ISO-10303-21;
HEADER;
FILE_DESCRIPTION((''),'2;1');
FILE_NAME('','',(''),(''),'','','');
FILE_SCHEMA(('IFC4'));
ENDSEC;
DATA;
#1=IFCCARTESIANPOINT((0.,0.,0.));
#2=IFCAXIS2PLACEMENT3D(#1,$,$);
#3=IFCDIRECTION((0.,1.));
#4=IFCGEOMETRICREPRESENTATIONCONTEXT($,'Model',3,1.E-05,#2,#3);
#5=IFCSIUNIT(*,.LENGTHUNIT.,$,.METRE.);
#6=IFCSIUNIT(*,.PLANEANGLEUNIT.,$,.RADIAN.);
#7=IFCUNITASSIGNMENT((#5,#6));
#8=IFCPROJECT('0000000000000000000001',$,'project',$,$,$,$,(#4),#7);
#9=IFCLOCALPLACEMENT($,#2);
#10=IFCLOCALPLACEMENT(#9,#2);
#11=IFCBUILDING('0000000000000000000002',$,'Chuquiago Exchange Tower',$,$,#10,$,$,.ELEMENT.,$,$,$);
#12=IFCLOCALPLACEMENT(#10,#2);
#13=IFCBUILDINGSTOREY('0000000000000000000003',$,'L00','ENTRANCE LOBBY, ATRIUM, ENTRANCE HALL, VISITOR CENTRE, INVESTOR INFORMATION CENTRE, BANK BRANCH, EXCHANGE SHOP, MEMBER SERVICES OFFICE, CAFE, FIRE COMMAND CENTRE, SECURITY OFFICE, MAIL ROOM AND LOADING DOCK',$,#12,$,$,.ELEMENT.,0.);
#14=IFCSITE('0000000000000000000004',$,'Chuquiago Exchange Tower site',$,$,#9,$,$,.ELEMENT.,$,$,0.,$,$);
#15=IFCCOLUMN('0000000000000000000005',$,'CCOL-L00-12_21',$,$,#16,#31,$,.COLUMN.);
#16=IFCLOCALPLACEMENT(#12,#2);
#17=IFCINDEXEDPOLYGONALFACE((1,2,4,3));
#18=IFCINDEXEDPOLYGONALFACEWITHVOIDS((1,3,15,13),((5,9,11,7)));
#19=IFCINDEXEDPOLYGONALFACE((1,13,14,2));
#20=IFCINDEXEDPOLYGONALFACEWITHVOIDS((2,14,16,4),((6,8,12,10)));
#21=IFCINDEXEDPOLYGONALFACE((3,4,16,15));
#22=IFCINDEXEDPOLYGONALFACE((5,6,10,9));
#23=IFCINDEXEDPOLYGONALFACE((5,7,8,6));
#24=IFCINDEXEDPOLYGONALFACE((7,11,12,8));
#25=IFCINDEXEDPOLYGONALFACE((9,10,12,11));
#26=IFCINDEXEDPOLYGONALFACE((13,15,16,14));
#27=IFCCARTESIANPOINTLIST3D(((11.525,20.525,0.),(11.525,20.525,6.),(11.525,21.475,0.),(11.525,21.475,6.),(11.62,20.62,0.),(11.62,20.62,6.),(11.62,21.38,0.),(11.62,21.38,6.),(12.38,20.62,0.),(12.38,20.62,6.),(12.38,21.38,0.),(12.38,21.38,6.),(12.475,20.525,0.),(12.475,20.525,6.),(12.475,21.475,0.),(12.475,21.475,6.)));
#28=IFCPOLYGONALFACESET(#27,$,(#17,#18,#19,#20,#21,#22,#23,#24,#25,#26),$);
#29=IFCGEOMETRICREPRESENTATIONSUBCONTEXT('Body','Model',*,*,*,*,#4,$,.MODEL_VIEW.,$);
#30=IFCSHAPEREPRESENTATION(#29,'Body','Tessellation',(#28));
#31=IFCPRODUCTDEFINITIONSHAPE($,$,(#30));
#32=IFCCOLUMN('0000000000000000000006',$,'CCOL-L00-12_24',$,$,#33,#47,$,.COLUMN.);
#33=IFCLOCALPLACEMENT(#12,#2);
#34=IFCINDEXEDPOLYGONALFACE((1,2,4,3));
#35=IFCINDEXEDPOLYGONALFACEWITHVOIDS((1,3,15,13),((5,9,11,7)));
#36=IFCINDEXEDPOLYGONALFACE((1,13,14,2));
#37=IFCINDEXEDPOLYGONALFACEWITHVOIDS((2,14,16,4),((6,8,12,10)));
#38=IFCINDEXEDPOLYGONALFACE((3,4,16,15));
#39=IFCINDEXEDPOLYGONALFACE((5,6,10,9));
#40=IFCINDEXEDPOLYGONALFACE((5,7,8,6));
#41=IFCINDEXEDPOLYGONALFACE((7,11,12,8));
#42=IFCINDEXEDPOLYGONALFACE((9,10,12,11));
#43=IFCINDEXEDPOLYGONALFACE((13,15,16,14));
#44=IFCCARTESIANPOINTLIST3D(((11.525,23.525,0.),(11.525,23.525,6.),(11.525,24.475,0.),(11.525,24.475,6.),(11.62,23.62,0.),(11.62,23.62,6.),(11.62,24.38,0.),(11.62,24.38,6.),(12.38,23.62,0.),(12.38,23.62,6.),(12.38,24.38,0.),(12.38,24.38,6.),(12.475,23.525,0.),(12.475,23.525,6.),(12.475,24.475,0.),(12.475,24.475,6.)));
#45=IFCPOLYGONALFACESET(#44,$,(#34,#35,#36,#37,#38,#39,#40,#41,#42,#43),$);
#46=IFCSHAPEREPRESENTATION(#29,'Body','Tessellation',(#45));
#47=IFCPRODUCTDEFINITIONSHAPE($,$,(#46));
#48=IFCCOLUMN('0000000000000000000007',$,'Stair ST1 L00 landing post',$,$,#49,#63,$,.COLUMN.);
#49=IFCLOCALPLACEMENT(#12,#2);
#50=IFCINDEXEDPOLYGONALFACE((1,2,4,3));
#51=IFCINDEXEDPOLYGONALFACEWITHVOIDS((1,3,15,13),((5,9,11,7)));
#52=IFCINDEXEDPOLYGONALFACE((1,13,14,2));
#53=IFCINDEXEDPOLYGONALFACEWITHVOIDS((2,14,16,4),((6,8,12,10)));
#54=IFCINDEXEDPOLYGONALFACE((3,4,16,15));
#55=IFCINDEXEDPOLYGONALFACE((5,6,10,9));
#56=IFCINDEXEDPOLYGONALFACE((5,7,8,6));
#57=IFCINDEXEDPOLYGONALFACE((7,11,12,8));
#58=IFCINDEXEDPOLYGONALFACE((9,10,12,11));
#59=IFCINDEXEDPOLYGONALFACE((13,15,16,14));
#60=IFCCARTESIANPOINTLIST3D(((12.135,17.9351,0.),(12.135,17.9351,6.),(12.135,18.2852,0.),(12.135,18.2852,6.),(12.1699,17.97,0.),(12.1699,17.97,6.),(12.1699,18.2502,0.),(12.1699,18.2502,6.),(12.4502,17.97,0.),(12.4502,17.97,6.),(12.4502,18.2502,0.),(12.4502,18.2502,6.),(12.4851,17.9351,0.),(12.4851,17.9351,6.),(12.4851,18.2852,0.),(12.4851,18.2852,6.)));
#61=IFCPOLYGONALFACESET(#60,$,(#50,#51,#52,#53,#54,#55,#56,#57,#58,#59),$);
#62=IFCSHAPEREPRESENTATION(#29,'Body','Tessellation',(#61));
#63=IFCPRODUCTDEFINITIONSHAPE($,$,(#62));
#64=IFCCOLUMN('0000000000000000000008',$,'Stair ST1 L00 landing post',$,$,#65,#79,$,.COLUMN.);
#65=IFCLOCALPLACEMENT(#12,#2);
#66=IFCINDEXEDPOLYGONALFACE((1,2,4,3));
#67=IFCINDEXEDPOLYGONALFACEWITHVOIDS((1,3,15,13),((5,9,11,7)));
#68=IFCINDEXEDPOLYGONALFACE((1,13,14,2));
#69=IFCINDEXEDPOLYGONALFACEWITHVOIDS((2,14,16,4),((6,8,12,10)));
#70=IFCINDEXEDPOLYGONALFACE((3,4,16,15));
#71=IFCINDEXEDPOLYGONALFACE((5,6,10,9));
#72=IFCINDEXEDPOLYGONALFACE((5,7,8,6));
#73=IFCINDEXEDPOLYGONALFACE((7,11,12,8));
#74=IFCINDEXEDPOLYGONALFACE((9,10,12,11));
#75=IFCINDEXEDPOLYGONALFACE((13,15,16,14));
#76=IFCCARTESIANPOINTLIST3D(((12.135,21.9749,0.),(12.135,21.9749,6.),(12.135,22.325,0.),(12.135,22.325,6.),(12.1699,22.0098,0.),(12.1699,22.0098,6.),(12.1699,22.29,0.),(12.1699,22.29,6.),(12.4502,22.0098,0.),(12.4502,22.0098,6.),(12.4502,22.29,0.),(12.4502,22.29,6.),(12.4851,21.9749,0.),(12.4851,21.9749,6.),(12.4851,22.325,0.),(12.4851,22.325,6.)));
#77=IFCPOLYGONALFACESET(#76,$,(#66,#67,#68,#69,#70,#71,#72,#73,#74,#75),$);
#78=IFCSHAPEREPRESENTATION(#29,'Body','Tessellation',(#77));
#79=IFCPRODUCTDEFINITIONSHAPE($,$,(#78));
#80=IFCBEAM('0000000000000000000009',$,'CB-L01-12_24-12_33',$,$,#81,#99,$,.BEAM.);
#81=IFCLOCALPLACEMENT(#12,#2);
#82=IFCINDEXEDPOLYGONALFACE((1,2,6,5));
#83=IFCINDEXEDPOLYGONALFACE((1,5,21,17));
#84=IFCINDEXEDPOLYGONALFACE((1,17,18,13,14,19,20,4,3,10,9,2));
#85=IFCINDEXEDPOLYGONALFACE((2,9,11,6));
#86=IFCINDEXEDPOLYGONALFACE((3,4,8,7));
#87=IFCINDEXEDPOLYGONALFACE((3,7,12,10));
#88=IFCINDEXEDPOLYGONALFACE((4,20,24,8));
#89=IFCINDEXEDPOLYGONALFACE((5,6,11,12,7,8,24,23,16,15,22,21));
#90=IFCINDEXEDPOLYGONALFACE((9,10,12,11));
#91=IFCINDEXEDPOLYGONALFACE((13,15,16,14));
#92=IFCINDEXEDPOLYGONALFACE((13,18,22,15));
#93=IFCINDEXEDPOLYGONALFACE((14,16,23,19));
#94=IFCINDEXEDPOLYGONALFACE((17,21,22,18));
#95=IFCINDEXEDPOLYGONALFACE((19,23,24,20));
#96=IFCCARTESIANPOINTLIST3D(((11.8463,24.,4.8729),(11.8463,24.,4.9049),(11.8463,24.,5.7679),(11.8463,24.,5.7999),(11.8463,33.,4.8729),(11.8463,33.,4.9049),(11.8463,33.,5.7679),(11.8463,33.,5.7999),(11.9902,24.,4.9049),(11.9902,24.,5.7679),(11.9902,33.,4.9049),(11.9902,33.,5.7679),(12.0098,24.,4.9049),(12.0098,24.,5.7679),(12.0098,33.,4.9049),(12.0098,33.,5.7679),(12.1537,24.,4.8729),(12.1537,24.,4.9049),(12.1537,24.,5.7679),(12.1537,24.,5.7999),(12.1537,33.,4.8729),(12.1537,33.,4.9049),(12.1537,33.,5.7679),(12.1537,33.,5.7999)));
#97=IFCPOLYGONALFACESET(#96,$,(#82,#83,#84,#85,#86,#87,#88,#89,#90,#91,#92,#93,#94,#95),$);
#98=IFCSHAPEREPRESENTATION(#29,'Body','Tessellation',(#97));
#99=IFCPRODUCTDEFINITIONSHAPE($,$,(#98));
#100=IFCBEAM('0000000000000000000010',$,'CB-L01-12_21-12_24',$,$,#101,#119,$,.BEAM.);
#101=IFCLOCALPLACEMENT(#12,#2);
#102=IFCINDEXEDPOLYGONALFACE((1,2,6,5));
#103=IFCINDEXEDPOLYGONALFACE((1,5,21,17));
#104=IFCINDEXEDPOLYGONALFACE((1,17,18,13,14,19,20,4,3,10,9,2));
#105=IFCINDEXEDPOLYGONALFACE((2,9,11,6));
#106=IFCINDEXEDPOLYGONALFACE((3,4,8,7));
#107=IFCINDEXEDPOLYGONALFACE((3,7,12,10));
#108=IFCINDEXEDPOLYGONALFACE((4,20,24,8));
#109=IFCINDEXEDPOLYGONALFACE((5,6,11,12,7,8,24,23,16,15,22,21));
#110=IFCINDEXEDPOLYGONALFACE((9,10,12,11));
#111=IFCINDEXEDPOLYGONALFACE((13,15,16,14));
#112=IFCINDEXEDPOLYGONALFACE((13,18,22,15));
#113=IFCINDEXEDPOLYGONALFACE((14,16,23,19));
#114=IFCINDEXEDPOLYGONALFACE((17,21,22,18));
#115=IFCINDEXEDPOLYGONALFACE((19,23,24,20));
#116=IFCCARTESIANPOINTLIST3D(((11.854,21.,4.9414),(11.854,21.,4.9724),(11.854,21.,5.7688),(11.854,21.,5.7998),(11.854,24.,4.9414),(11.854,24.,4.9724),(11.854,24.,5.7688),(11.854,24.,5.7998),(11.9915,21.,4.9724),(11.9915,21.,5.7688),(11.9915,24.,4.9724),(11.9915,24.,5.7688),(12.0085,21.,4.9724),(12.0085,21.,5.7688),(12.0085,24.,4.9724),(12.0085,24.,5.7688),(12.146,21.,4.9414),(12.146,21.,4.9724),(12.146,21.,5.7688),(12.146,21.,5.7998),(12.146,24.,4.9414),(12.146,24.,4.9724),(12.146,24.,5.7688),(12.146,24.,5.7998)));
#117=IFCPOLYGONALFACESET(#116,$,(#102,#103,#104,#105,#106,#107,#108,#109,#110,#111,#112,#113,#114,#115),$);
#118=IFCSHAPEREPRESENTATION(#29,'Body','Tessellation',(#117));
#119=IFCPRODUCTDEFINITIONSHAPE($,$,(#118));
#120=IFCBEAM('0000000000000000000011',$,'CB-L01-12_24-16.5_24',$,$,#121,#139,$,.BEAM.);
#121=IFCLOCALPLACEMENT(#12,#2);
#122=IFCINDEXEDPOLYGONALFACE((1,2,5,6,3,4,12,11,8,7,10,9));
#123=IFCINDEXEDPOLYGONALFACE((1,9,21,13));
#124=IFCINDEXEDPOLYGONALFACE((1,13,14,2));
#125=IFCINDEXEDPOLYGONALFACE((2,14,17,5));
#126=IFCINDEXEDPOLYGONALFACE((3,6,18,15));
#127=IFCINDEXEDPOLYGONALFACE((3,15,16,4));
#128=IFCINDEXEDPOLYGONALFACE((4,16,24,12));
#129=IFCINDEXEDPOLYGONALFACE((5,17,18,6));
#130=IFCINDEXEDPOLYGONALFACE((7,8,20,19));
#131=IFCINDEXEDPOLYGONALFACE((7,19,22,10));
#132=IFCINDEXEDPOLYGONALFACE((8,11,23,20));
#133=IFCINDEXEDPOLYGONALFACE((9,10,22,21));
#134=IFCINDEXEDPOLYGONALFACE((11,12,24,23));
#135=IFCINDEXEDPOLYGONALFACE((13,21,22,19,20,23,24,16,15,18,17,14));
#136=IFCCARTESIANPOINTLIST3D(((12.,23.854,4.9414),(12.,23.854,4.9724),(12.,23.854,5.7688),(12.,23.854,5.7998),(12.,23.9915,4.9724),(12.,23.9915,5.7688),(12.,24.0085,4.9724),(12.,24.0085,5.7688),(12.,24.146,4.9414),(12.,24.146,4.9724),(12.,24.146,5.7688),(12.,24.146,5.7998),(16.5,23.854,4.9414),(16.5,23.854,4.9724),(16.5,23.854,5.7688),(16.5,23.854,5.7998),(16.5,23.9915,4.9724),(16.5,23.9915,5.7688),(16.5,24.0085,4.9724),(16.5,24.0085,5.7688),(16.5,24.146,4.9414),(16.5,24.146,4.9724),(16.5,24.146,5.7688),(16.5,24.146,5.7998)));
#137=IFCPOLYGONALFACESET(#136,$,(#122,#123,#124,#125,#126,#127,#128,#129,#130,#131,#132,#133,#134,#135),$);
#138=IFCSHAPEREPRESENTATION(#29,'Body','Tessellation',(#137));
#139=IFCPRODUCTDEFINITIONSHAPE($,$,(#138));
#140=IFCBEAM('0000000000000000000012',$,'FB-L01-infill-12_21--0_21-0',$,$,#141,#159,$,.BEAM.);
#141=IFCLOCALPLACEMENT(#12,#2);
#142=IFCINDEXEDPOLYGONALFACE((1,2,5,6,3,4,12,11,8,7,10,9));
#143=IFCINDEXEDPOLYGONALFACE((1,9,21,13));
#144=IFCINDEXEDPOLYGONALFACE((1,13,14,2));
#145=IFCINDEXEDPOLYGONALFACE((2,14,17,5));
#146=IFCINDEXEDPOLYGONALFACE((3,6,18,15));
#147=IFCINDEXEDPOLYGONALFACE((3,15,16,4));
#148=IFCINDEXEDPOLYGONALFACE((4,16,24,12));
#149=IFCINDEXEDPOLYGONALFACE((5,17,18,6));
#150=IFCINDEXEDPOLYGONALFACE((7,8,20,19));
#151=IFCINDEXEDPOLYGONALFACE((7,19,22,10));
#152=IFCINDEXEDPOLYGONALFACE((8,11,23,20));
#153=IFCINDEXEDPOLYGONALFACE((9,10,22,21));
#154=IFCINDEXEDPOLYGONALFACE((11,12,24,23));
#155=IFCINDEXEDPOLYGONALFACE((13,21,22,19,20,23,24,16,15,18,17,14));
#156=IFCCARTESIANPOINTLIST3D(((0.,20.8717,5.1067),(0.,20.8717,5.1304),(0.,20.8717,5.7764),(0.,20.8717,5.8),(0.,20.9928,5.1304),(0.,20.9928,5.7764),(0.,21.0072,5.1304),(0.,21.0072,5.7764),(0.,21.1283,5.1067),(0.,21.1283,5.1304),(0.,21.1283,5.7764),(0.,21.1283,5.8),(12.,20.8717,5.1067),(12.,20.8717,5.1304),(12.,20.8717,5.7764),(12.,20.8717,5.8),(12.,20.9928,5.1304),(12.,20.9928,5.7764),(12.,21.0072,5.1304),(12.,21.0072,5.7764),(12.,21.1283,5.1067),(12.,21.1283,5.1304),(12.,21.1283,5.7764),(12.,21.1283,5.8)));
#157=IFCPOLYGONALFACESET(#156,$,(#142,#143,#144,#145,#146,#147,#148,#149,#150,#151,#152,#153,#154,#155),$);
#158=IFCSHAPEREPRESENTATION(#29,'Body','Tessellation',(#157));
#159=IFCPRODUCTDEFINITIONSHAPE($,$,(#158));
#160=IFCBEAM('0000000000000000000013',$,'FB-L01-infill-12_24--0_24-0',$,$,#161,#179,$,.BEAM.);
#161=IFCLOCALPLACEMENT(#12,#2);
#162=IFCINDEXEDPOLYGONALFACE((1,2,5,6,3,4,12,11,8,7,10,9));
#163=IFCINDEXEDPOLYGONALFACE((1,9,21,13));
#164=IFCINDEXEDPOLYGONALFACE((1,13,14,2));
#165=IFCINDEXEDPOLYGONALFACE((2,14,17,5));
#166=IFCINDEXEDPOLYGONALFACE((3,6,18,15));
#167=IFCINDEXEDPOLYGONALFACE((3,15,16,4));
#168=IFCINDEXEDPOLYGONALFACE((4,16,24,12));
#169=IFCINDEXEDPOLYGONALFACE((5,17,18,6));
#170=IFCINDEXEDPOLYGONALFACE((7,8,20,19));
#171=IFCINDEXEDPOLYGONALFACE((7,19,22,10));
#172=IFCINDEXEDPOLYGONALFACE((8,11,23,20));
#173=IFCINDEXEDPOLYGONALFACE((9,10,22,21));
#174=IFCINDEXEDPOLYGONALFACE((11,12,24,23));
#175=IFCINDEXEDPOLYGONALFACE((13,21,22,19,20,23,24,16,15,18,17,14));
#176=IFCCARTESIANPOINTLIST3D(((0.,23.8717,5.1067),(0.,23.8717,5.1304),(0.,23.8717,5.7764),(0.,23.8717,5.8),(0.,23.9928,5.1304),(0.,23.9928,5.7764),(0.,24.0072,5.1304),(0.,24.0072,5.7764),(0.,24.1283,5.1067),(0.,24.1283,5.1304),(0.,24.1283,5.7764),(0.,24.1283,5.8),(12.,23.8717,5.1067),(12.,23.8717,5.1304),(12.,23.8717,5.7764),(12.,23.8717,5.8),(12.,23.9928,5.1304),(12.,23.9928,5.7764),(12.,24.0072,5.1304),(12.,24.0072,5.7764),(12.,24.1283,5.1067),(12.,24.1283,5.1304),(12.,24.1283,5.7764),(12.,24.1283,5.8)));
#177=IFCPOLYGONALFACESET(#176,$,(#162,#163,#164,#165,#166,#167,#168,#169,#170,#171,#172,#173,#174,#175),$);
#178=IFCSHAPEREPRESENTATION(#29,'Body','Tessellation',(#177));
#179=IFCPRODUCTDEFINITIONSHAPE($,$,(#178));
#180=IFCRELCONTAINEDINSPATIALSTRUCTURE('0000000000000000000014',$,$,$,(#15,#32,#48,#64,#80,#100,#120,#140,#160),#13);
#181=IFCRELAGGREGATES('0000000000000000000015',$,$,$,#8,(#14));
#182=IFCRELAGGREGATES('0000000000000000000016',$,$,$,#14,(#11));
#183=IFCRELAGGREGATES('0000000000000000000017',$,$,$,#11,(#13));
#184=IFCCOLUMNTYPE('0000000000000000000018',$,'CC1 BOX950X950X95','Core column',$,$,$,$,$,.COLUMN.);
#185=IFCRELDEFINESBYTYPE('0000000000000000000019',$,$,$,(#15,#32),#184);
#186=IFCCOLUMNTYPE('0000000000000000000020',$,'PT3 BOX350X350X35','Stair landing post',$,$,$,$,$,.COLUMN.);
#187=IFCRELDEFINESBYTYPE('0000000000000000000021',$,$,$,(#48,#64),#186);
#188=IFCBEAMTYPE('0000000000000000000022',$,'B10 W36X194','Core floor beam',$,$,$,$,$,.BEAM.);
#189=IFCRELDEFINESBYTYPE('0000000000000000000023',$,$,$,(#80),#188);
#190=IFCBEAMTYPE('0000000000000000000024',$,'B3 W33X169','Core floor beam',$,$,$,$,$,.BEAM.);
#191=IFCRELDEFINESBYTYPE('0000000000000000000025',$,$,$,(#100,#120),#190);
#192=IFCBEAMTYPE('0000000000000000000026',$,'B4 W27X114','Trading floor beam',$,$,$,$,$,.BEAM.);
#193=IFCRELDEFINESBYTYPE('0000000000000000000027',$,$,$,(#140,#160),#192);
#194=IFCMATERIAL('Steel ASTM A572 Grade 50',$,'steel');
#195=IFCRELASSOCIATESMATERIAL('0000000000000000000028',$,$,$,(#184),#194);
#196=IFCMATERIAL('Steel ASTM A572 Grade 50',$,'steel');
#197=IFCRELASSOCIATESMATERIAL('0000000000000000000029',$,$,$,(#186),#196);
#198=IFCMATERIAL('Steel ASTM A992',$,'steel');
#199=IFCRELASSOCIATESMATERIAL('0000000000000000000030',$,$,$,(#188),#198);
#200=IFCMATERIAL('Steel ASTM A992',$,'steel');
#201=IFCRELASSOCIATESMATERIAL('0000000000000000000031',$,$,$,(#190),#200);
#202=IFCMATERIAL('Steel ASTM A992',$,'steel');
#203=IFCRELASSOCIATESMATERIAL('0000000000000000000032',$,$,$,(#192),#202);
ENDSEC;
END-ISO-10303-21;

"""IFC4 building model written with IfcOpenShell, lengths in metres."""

from ifc_helpers import new_model, si_unit, direction, frame, origin, origin_2d, place, context, subcontext, project, spatial, hollow_rectangle, i_section, extrude, material, material_profile, profile_set, type_object, element, save


model = new_model("IFC4")

# Units and contexts
model_context = context("Model", 3, precision=1e-05, world=origin(), true_north=direction((0.0, 1.0)))
body_context = subcontext(model_context, "Body", "Model", "MODEL_VIEW")
ifc_project = project(units=[si_unit("LENGTHUNIT", "METRE"), si_unit("PLANEANGLEUNIT", "RADIAN")], contexts=[model_context])

# Site, building, storey
site_placement = place(None, origin())
site = spatial("IfcSite", under=ifc_project, at=site_placement, Name="Chuquiago Exchange Tower site", CompositionType="ELEMENT", RefElevation=0.0)
building_placement = place(site_placement, origin())
building = spatial("IfcBuilding", under=site, at=building_placement, Name="Chuquiago Exchange Tower", CompositionType="ELEMENT")
storey_placement = place(building_placement, origin())
storey = spatial("IfcBuildingStorey", under=building, at=storey_placement, Name="L00", Description="ENTRANCE LOBBY, ATRIUM, ENTRANCE HALL, VISITOR CENTRE, INVESTOR INFORMATION CENTRE, BANK BRANCH, EXCHANGE SHOP, MEMBER SERVICES OFFICE, CAFE, FIRE COMMAND CENTRE, SECURITY OFFICE, MAIL ROOM AND LOADING DOCK", CompositionType="ELEMENT", Elevation=0.0)

# Columns
ifc_material_1 = material(Name="Steel ASTM A572 Grade 50", Category="steel")
ifc_material_profile_1 = material_profile(ifc_material_1, hollow_rectangle(XDim=0.95, YDim=0.95, WallThickness=0.095, at=origin_2d()), Name="BOX950X950X95")
ifc_profile_set_1 = profile_set([ifc_material_profile_1], Name="Steel ASTM A572 Grade 50")
column_type_1 = type_object("IfcColumnType", Name="CC1 BOX950X950X95", Description="Core column", PredefinedType="COLUMN", material=ifc_profile_set_1)
for number, where, z_axis, x_axis, name in (
    (1, (12.0, 21.0, 0.0), (0.0, 0.0, 1.0), (1.0, 0.0, 0.0), "CCOL-L00-12_21"),
    (2, (12.0, 24.0, 0.0), (0.0, 0.0, 1.0), (1.0, 0.0, 0.0), "CCOL-L00-12_24"),
):
    element("IfcColumn", number, at=place(storey_placement, frame(where, z_axis=z_axis, x_axis=x_axis)), inside=storey, type_object=column_type_1, Name=name, PredefinedType="COLUMN", context=body_context, shape_type="SweptSolid", body=[
        extrude(hollow_rectangle(XDim=0.95, YDim=0.95, WallThickness=0.095, at=origin_2d()), origin(), (0.0, 0.0, 1.0), 6.0),
    ])
ifc_material_2 = material(Name="Steel ASTM A572 Grade 50", Category="steel")
ifc_material_profile_2 = material_profile(ifc_material_2, hollow_rectangle(XDim=0.3501, YDim=0.3501, WallThickness=0.0349, at=origin_2d()), Name="BOX350X350X35")
ifc_profile_set_2 = profile_set([ifc_material_profile_2], Name="Steel ASTM A572 Grade 50")
column_type_2 = type_object("IfcColumnType", Name="PT3 BOX350X350X35", Description="Stair landing post", PredefinedType="COLUMN", material=ifc_profile_set_2)
for number, where, z_axis, x_axis, name in (
    (3, (12.3101, 18.1101, 0.0), (0.0, 0.0, 1.0), (1.0, 0.0, 0.0), "Stair ST1 L00 landing post"),
    (4, (12.3101, 22.1499, 0.0), (0.0, 0.0, 1.0), (1.0, 0.0, 0.0), "Stair ST1 L00 landing post"),
):
    element("IfcColumn", number, at=place(storey_placement, frame(where, z_axis=z_axis, x_axis=x_axis)), inside=storey, type_object=column_type_2, Name=name, PredefinedType="COLUMN", context=body_context, shape_type="SweptSolid", body=[
        extrude(hollow_rectangle(XDim=0.3501, YDim=0.3501, WallThickness=0.0349, at=origin_2d()), origin(), (0.0, 0.0, 1.0), 6.0),
    ])

# Beams
ifc_material_3 = material(Name="Steel ASTM A992", Category="steel")
ifc_material_profile_3 = material_profile(ifc_material_3, i_section(OverallWidth=0.3074, OverallDepth=0.927, WebThickness=0.0195, FlangeThickness=0.032, at=origin_2d()), Name="W36X194")
ifc_profile_set_3 = profile_set([ifc_material_profile_3], Name="Steel ASTM A992")
beam_type_1 = type_object("IfcBeamType", Name="B10 W36X194", Description="Core floor beam", PredefinedType="BEAM", material=ifc_profile_set_3)
beam_1_placement = place(storey_placement, frame((12.0, 24.0, 5.3364), z_axis=(0.0, 1.0, 0.0), x_axis=(-1.0, 0.0, 0.0)))
element("IfcBeam", 5, at=beam_1_placement, inside=storey, type_object=beam_type_1, Name="CB-L01-12_24-12_33", PredefinedType="BEAM", context=body_context, shape_type="SweptSolid", body=[
    extrude(i_section(OverallWidth=0.3074, OverallDepth=0.927, WebThickness=0.0195, FlangeThickness=0.032, at=origin_2d()), origin(), (0.0, 0.0, 1.0), 9.0),
])
ifc_material_4 = material(Name="Steel ASTM A992", Category="steel")
ifc_material_profile_4 = material_profile(ifc_material_4, i_section(OverallWidth=0.292, OverallDepth=0.8584, WebThickness=0.0171, FlangeThickness=0.031, at=origin_2d()), Name="W33X169")
ifc_profile_set_4 = profile_set([ifc_material_profile_4], Name="Steel ASTM A992")
beam_type_2 = type_object("IfcBeamType", Name="B3 W33X169", Description="Core floor beam", PredefinedType="BEAM", material=ifc_profile_set_4)
beam_2_placement = place(storey_placement, frame((12.0, 21.0, 5.3706), z_axis=(0.0, 1.0, 0.0), x_axis=(-1.0, 0.0, 0.0)))
element("IfcBeam", 6, at=beam_2_placement, inside=storey, type_object=beam_type_2, Name="CB-L01-12_21-12_24", PredefinedType="BEAM", context=body_context, shape_type="SweptSolid", body=[
    extrude(i_section(OverallWidth=0.292, OverallDepth=0.8584, WebThickness=0.0171, FlangeThickness=0.031, at=origin_2d()), origin(), (0.0, 0.0, 1.0), 3.0),
])
beam_3_placement = place(storey_placement, frame((12.0, 24.0, 5.3706), z_axis=(1.0, 0.0, 0.0), x_axis=(0.0, 1.0, 0.0)))
element("IfcBeam", 7, at=beam_3_placement, inside=storey, type_object=beam_type_2, Name="CB-L01-12_24-16.5_24", PredefinedType="BEAM", context=body_context, shape_type="SweptSolid", body=[
    extrude(i_section(OverallWidth=0.292, OverallDepth=0.8584, WebThickness=0.0171, FlangeThickness=0.031, at=origin_2d()), origin(), (0.0, 0.0, 1.0), 4.5),
])
ifc_material_5 = material(Name="Steel ASTM A992", Category="steel")
ifc_material_profile_5 = material_profile(ifc_material_5, i_section(OverallWidth=0.2566, OverallDepth=0.6934, WebThickness=0.0144, FlangeThickness=0.0237, at=origin_2d()), Name="W27X114")
ifc_profile_set_5 = profile_set([ifc_material_profile_5], Name="Steel ASTM A992")
beam_type_3 = type_object("IfcBeamType", Name="B4 W27X114", Description="Trading floor beam", PredefinedType="BEAM", material=ifc_profile_set_5)
for number, where, z_axis, x_axis, name in (
    (8, (12.0, 21.0, 5.4534), (-1.0, 0.0, 0.0), (0.0, -1.0, 0.0), "FB-L01-infill-12_21--0_21-0"),
    (9, (12.0, 24.0, 5.4534), (-1.0, 0.0, 0.0), (0.0, -1.0, 0.0), "FB-L01-infill-12_24--0_24-0"),
):
    element("IfcBeam", number, at=place(storey_placement, frame(where, z_axis=z_axis, x_axis=x_axis)), inside=storey, type_object=beam_type_3, Name=name, PredefinedType="BEAM", context=body_context, shape_type="SweptSolid", body=[
        extrude(i_section(OverallWidth=0.2566, OverallDepth=0.6934, WebThickness=0.0144, FlangeThickness=0.0237, at=origin_2d()), origin(), (0.0, 0.0, 1.0), 12.0),
    ])

save(model, "model.ifc")
